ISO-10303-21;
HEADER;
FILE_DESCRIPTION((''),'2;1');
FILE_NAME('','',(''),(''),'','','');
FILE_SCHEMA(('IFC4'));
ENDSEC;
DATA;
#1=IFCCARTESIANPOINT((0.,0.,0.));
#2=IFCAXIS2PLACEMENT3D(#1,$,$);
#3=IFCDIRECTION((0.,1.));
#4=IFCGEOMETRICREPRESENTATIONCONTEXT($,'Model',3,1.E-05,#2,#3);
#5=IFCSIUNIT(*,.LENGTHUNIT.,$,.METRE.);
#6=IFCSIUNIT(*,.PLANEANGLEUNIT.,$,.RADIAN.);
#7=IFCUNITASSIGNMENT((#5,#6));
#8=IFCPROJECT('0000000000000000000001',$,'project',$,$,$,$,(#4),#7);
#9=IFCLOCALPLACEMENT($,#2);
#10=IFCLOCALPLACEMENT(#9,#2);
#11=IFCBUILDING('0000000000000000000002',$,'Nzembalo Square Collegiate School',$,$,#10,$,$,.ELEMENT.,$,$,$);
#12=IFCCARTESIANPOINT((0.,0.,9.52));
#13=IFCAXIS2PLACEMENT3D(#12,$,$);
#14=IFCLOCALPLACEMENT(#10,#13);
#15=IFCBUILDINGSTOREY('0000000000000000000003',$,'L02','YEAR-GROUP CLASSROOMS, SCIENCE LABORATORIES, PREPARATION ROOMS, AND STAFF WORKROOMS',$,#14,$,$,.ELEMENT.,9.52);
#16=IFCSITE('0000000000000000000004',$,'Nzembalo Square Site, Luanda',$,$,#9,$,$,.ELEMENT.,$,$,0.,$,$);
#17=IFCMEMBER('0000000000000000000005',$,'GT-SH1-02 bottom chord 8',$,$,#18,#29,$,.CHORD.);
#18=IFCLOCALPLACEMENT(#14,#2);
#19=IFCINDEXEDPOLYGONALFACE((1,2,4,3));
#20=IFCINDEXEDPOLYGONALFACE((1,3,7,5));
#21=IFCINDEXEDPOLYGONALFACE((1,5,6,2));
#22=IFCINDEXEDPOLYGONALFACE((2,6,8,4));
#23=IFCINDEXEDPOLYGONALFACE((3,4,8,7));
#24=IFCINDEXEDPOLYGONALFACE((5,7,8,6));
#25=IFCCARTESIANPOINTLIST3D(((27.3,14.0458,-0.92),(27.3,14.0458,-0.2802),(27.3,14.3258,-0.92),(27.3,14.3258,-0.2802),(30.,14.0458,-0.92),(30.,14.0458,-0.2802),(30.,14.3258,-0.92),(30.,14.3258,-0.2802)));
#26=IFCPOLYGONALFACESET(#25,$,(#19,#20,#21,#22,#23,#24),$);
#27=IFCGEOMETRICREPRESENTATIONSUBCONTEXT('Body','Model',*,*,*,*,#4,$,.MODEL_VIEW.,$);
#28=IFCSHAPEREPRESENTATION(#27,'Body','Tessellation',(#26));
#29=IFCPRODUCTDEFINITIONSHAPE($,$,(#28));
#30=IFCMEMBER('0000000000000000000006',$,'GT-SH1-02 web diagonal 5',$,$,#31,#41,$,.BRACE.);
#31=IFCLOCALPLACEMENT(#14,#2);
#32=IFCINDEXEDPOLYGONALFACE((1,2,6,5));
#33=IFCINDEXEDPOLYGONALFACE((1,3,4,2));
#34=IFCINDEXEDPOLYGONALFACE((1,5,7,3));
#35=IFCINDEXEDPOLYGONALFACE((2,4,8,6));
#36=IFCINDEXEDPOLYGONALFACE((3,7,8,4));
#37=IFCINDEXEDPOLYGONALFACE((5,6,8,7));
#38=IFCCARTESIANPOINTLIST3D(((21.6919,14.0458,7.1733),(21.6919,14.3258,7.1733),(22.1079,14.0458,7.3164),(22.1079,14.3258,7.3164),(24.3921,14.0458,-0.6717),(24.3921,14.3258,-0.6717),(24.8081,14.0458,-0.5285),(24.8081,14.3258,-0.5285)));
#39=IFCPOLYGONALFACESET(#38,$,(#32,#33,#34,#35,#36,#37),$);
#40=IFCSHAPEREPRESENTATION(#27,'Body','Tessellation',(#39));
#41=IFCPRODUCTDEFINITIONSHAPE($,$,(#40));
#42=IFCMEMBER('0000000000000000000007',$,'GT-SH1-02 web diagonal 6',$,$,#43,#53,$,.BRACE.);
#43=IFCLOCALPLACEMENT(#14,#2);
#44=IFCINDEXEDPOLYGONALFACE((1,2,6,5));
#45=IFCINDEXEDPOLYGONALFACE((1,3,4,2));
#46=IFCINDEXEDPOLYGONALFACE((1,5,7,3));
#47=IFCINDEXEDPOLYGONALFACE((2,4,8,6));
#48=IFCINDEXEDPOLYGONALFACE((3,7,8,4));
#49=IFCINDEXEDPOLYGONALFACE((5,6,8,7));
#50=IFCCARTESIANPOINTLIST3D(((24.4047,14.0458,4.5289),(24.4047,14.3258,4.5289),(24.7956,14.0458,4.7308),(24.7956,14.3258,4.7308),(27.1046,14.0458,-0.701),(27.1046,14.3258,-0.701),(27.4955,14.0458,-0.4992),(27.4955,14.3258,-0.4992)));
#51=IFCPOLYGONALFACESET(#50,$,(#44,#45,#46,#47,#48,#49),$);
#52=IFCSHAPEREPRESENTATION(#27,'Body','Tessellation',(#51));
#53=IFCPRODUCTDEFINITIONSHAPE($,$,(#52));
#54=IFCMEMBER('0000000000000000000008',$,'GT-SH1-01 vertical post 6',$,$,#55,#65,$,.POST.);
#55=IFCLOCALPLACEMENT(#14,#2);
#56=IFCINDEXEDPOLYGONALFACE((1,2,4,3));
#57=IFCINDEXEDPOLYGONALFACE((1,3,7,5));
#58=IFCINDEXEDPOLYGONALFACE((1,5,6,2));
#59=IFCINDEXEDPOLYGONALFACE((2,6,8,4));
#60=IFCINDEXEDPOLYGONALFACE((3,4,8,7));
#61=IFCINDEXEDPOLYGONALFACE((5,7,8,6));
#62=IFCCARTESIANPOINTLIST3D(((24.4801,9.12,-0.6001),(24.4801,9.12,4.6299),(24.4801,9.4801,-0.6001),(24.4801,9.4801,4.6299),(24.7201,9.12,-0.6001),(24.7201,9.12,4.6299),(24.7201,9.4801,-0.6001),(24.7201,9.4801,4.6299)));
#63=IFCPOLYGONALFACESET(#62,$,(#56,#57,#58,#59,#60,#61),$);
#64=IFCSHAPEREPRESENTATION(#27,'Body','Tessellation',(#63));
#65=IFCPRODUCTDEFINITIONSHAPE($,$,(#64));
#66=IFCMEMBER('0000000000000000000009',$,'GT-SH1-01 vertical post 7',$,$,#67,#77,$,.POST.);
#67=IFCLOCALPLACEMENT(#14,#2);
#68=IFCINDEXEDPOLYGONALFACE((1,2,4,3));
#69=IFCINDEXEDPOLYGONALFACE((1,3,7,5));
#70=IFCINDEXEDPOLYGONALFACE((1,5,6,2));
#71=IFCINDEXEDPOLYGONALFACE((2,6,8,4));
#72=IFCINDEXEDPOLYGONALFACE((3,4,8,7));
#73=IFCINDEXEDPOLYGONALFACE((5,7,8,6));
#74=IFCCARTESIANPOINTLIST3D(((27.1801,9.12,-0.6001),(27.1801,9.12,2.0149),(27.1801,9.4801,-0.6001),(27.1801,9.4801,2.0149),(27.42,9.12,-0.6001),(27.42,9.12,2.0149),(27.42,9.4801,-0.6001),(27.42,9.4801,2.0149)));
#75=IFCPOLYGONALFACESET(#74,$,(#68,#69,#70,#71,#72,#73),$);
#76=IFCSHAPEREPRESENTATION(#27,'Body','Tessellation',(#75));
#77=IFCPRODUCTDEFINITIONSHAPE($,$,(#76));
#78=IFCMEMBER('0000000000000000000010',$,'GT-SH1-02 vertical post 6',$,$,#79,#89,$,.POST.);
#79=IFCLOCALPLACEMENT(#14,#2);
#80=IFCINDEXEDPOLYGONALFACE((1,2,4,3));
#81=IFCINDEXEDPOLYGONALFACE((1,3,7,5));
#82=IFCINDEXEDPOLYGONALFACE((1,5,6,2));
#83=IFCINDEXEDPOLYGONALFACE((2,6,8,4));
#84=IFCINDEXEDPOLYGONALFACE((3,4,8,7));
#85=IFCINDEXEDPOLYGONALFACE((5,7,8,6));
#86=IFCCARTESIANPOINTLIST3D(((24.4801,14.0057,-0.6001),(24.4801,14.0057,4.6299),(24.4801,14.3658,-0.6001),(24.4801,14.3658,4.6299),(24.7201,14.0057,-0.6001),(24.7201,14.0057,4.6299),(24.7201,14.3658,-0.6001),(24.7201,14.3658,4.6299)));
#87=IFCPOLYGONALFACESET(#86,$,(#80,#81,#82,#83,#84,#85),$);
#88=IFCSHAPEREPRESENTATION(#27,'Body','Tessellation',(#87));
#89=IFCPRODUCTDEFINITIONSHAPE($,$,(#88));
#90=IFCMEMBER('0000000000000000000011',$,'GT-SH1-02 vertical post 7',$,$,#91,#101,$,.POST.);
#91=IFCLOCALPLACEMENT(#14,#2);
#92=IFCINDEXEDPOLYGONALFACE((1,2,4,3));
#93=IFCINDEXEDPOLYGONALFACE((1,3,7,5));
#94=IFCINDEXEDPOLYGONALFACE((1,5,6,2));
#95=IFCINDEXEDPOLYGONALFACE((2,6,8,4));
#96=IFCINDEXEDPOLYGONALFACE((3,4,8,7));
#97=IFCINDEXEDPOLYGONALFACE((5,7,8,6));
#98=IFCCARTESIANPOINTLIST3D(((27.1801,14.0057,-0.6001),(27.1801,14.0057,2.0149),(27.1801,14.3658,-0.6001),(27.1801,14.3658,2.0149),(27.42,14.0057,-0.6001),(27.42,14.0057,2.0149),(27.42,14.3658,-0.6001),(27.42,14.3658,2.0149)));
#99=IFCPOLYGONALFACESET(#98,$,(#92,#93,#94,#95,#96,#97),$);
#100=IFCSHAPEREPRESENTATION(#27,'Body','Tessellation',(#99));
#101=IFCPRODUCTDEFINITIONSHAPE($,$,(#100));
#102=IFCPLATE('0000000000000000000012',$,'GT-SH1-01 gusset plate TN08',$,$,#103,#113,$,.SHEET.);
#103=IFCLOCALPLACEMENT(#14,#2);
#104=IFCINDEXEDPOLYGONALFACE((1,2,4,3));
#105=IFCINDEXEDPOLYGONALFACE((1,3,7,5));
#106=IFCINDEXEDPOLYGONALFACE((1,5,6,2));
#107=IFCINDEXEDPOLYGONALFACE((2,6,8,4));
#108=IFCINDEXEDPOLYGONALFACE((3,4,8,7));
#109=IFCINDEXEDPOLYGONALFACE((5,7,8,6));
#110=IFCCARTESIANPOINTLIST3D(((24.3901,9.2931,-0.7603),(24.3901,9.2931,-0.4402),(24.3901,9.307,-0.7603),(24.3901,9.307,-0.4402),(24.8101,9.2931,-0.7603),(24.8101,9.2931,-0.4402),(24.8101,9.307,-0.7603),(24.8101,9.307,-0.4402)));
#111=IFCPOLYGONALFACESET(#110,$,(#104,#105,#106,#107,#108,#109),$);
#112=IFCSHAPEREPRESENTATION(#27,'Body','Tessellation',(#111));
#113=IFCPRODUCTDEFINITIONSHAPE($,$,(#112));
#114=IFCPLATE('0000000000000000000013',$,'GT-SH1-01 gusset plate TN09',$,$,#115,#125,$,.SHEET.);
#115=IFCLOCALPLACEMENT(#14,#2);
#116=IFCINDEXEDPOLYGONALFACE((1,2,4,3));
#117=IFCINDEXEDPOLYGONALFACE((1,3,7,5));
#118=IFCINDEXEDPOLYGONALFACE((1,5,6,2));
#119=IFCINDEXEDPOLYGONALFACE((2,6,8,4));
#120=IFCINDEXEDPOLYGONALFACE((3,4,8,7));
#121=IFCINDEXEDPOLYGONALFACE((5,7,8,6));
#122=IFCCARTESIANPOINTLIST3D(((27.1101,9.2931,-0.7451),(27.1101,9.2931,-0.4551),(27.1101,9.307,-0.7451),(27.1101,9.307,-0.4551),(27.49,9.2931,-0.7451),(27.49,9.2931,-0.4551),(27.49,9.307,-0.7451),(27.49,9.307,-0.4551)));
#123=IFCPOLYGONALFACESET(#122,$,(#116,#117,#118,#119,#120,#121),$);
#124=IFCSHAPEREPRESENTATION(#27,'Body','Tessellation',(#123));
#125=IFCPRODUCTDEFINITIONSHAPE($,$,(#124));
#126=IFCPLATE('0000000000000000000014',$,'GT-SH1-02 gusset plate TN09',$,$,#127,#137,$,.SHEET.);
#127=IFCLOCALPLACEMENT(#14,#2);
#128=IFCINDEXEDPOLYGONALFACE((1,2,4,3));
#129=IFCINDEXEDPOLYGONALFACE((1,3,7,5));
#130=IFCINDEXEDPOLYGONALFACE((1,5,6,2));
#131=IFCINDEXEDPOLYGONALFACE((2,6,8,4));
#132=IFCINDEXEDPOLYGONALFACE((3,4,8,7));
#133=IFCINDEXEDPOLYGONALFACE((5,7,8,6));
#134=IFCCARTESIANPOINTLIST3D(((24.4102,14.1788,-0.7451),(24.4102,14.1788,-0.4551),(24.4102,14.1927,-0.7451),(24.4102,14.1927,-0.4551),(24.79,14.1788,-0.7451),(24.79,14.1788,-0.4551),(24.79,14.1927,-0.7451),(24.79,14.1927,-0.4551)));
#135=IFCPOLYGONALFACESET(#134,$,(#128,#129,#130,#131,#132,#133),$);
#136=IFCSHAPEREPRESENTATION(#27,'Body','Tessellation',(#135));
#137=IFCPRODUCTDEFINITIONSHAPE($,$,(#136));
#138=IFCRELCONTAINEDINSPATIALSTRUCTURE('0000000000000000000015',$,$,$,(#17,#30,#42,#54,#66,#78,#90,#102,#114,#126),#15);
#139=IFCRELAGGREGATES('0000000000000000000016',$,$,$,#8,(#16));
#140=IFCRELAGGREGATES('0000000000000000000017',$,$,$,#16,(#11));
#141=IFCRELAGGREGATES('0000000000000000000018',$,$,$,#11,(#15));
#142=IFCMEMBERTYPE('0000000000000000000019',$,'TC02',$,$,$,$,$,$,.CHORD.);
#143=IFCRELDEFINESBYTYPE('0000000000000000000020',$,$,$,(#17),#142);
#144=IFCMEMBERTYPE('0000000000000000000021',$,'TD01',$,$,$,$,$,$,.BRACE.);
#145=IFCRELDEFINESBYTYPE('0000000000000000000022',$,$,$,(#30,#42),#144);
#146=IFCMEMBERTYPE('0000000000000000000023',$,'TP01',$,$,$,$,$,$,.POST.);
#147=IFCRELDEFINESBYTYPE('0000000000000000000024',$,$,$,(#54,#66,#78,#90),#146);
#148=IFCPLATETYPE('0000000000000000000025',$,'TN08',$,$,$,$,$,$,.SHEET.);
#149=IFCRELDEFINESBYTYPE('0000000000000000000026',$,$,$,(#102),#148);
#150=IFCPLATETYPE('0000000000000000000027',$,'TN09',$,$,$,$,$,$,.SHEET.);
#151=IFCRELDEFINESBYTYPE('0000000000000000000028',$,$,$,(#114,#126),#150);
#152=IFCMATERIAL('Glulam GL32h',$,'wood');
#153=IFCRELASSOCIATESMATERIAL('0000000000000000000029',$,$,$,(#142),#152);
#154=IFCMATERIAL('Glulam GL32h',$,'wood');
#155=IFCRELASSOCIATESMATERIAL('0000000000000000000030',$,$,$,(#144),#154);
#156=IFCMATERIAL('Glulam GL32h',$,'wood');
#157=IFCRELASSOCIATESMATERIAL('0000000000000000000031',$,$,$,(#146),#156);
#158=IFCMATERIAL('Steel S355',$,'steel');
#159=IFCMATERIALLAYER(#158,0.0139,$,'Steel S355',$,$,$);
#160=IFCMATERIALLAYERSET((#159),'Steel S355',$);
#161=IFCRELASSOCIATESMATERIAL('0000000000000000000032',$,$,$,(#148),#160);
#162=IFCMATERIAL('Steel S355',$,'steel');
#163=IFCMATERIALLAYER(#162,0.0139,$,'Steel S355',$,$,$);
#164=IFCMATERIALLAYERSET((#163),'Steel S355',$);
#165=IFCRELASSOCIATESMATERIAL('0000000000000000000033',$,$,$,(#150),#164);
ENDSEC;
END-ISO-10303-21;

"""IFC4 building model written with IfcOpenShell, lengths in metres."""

from ifc_helpers import new_model, si_unit, direction, frame, origin, origin_2d, place, context, subcontext, project, spatial, rectangle, extrude, material, layer, layer_set, material_profile, profile_set, type_object, element, save


model = new_model("IFC4")

# Units and contexts
model_context = context("Model", 3, precision=1e-05, world=origin(), true_north=direction((0.0, 1.0)))
body_context = subcontext(model_context, "Body", "Model", "MODEL_VIEW")
ifc_project = project(units=[si_unit("LENGTHUNIT", "METRE"), si_unit("PLANEANGLEUNIT", "RADIAN")], contexts=[model_context])

# Site, building, storey
site_placement = place(None, origin())
site = spatial("IfcSite", under=ifc_project, at=site_placement, Name="Nzembalo Square Site, Luanda", CompositionType="ELEMENT", RefElevation=0.0)
building_placement = place(site_placement, origin())
building = spatial("IfcBuilding", under=site, at=building_placement, Name="Nzembalo Square Collegiate School", CompositionType="ELEMENT")
storey_placement = place(building_placement, frame((0.0, 0.0, 9.52)))
storey = spatial("IfcBuildingStorey", under=building, at=storey_placement, Name="L02", Description="YEAR-GROUP CLASSROOMS, SCIENCE LABORATORIES, PREPARATION ROOMS, AND STAFF WORKROOMS", CompositionType="ELEMENT", Elevation=9.52)

# Members
ifc_material_1 = material(Name="Glulam GL32h", Category="wood")
ifc_material_profile_1 = material_profile(ifc_material_1, rectangle(XDim=0.28, YDim=0.6399, at=origin_2d()), Name="GL32h 280x640")
ifc_profile_set_1 = profile_set([ifc_material_profile_1], Name="Glulam GL32h")
member_type_1 = type_object("IfcMemberType", Name="TC02", PredefinedType="CHORD", material=ifc_profile_set_1)
for number, where, z_axis, x_axis, name in (
    (1, (27.3, 14.1858, -0.6001), (1.0, 0.0, 0.0), (0.0, 1.0, 0.0), "GT-SH1-02 bottom chord 8"),
):
    element("IfcMember", number, at=place(storey_placement, frame(where, z_axis=z_axis, x_axis=x_axis)), inside=storey, type_object=member_type_1, Name=name, PredefinedType="CHORD", context=body_context, shape_type="SweptSolid", body=[
        extrude(rectangle(XDim=0.28, YDim=0.6399, at=origin_2d()), origin(), (0.0, 0.0, 1.0), 2.7),
    ])
ifc_material_2 = material(Name="Glulam GL32h", Category="wood")
ifc_material_profile_2 = material_profile(ifc_material_2, rectangle(XDim=0.28, YDim=0.4399, at=origin_2d()), Name="GL32h 280x440")
ifc_profile_set_2 = profile_set([ifc_material_profile_2], Name="Glulam GL32h")
member_type_2 = type_object("IfcMemberType", Name="TD01", PredefinedType="BRACE", material=ifc_profile_set_2)
member_1_placement = place(storey_placement, frame((24.6001, 14.1858, -0.6001), z_axis=(-0.325456, 0.0, 0.945557), x_axis=(0.0, -1.0, 0.0)))
element("IfcMember", 2, at=member_1_placement, inside=storey, type_object=member_type_2, Name="GT-SH1-02 web diagonal 5", PredefinedType="BRACE", context=body_context, shape_type="SweptSolid", body=[
    extrude(rectangle(XDim=0.28, YDim=0.4399, at=origin_2d()), origin(), (0.0, 0.0, 1.0), 8.2966),
])
member_2_placement = place(storey_placement, frame((27.3, 14.1858, -0.6001), z_axis=(-0.458724, 0.0, 0.888579), x_axis=(0.0, -1.0, 0.0)))
element("IfcMember", 3, at=member_2_placement, inside=storey, type_object=member_type_2, Name="GT-SH1-02 web diagonal 6", PredefinedType="BRACE", context=body_context, shape_type="SweptSolid", body=[
    extrude(rectangle(XDim=0.28, YDim=0.4399, at=origin_2d()), origin(), (0.0, 0.0, 1.0), 5.8857),
])
ifc_material_3 = material(Name="Glulam GL32h", Category="wood")
ifc_material_profile_3 = material_profile(ifc_material_3, rectangle(XDim=0.24, YDim=0.3601, at=origin_2d()), Name="GL32h 240x360")
ifc_profile_set_3 = profile_set([ifc_material_profile_3], Name="Glulam GL32h")
member_type_3 = type_object("IfcMemberType", Name="TP01", PredefinedType="POST", material=ifc_profile_set_3)
member_3_placement = place(storey_placement, frame((24.6001, 9.3, -0.6001), z_axis=(0.0, 0.0, 1.0), x_axis=(1.0, 0.0, 0.0)))
element("IfcMember", 4, at=member_3_placement, inside=storey, type_object=member_type_3, Name="GT-SH1-01 vertical post 6", PredefinedType="POST", context=body_context, shape_type="SweptSolid", body=[
    extrude(rectangle(XDim=0.24, YDim=0.3601, at=origin_2d()), origin(), (0.0, 0.0, 1.0), 5.23),
])
member_4_placement = place(storey_placement, frame((27.3, 9.3, -0.6001), z_axis=(0.0, 0.0, 1.0), x_axis=(1.0, 0.0, 0.0)))
element("IfcMember", 5, at=member_4_placement, inside=storey, type_object=member_type_3, Name="GT-SH1-01 vertical post 7", PredefinedType="POST", context=body_context, shape_type="SweptSolid", body=[
    extrude(rectangle(XDim=0.24, YDim=0.3601, at=origin_2d()), origin(), (0.0, 0.0, 1.0), 2.615),
])
member_5_placement = place(storey_placement, frame((24.6001, 14.1858, -0.6001), z_axis=(0.0, 0.0, 1.0), x_axis=(1.0, 0.0, 0.0)))
element("IfcMember", 6, at=member_5_placement, inside=storey, type_object=member_type_3, Name="GT-SH1-02 vertical post 6", PredefinedType="POST", context=body_context, shape_type="SweptSolid", body=[
    extrude(rectangle(XDim=0.24, YDim=0.3601, at=origin_2d()), origin(), (0.0, 0.0, 1.0), 5.23),
])
member_6_placement = place(storey_placement, frame((27.3, 14.1858, -0.6001), z_axis=(0.0, 0.0, 1.0), x_axis=(1.0, 0.0, 0.0)))
element("IfcMember", 7, at=member_6_placement, inside=storey, type_object=member_type_3, Name="GT-SH1-02 vertical post 7", PredefinedType="POST", context=body_context, shape_type="SweptSolid", body=[
    extrude(rectangle(XDim=0.24, YDim=0.3601, at=origin_2d()), origin(), (0.0, 0.0, 1.0), 2.615),
])

# Plates
ifc_material_4 = material(Name="Steel S355", Category="steel")
ifc_layer_1 = layer(ifc_material_4, 0.0139, Name="Steel S355")
ifc_layer_set_1 = layer_set([ifc_layer_1], Name="Steel S355")
plate_type_1 = type_object("IfcPlateType", Name="TN08", PredefinedType="SHEET", material=ifc_layer_set_1)
plate_placement = place(storey_placement, frame((24.6001, 9.3, -0.7603), z_axis=(0.0, 0.0, 1.0), x_axis=(1.0, 0.0, 0.0)))
element("IfcPlate", 8, at=plate_placement, inside=storey, type_object=plate_type_1, Name="GT-SH1-01 gusset plate TN08", PredefinedType="SHEET", context=body_context, shape_type="SweptSolid", body=[
    extrude(rectangle(XDim=0.4199, YDim=0.0139, at=origin_2d()), origin(), (0.0, 0.0, 1.0), 0.3201),
])
ifc_material_5 = material(Name="Steel S355", Category="steel")
ifc_layer_2 = layer(ifc_material_5, 0.0139, Name="Steel S355")
ifc_layer_set_2 = layer_set([ifc_layer_2], Name="Steel S355")
plate_type_2 = type_object("IfcPlateType", Name="TN09", PredefinedType="SHEET", material=ifc_layer_set_2)
for number, where, z_axis, x_axis, name in (
    (9, (27.3, 9.3, -0.7451), (0.0, 0.0, 1.0), (1.0, 0.0, 0.0), "GT-SH1-01 gusset plate TN09"),
    (10, (24.6001, 14.1858, -0.7451), (0.0, 0.0, 1.0), (1.0, 0.0, 0.0), "GT-SH1-02 gusset plate TN09"),
):
    element("IfcPlate", number, at=place(storey_placement, frame(where, z_axis=z_axis, x_axis=x_axis)), inside=storey, type_object=plate_type_2, Name=name, PredefinedType="SHEET", context=body_context, shape_type="SweptSolid", body=[
        extrude(rectangle(XDim=0.3799, YDim=0.0139, at=origin_2d()), origin(), (0.0, 0.0, 1.0), 0.29),
    ])

save(model, "model.ifc")
